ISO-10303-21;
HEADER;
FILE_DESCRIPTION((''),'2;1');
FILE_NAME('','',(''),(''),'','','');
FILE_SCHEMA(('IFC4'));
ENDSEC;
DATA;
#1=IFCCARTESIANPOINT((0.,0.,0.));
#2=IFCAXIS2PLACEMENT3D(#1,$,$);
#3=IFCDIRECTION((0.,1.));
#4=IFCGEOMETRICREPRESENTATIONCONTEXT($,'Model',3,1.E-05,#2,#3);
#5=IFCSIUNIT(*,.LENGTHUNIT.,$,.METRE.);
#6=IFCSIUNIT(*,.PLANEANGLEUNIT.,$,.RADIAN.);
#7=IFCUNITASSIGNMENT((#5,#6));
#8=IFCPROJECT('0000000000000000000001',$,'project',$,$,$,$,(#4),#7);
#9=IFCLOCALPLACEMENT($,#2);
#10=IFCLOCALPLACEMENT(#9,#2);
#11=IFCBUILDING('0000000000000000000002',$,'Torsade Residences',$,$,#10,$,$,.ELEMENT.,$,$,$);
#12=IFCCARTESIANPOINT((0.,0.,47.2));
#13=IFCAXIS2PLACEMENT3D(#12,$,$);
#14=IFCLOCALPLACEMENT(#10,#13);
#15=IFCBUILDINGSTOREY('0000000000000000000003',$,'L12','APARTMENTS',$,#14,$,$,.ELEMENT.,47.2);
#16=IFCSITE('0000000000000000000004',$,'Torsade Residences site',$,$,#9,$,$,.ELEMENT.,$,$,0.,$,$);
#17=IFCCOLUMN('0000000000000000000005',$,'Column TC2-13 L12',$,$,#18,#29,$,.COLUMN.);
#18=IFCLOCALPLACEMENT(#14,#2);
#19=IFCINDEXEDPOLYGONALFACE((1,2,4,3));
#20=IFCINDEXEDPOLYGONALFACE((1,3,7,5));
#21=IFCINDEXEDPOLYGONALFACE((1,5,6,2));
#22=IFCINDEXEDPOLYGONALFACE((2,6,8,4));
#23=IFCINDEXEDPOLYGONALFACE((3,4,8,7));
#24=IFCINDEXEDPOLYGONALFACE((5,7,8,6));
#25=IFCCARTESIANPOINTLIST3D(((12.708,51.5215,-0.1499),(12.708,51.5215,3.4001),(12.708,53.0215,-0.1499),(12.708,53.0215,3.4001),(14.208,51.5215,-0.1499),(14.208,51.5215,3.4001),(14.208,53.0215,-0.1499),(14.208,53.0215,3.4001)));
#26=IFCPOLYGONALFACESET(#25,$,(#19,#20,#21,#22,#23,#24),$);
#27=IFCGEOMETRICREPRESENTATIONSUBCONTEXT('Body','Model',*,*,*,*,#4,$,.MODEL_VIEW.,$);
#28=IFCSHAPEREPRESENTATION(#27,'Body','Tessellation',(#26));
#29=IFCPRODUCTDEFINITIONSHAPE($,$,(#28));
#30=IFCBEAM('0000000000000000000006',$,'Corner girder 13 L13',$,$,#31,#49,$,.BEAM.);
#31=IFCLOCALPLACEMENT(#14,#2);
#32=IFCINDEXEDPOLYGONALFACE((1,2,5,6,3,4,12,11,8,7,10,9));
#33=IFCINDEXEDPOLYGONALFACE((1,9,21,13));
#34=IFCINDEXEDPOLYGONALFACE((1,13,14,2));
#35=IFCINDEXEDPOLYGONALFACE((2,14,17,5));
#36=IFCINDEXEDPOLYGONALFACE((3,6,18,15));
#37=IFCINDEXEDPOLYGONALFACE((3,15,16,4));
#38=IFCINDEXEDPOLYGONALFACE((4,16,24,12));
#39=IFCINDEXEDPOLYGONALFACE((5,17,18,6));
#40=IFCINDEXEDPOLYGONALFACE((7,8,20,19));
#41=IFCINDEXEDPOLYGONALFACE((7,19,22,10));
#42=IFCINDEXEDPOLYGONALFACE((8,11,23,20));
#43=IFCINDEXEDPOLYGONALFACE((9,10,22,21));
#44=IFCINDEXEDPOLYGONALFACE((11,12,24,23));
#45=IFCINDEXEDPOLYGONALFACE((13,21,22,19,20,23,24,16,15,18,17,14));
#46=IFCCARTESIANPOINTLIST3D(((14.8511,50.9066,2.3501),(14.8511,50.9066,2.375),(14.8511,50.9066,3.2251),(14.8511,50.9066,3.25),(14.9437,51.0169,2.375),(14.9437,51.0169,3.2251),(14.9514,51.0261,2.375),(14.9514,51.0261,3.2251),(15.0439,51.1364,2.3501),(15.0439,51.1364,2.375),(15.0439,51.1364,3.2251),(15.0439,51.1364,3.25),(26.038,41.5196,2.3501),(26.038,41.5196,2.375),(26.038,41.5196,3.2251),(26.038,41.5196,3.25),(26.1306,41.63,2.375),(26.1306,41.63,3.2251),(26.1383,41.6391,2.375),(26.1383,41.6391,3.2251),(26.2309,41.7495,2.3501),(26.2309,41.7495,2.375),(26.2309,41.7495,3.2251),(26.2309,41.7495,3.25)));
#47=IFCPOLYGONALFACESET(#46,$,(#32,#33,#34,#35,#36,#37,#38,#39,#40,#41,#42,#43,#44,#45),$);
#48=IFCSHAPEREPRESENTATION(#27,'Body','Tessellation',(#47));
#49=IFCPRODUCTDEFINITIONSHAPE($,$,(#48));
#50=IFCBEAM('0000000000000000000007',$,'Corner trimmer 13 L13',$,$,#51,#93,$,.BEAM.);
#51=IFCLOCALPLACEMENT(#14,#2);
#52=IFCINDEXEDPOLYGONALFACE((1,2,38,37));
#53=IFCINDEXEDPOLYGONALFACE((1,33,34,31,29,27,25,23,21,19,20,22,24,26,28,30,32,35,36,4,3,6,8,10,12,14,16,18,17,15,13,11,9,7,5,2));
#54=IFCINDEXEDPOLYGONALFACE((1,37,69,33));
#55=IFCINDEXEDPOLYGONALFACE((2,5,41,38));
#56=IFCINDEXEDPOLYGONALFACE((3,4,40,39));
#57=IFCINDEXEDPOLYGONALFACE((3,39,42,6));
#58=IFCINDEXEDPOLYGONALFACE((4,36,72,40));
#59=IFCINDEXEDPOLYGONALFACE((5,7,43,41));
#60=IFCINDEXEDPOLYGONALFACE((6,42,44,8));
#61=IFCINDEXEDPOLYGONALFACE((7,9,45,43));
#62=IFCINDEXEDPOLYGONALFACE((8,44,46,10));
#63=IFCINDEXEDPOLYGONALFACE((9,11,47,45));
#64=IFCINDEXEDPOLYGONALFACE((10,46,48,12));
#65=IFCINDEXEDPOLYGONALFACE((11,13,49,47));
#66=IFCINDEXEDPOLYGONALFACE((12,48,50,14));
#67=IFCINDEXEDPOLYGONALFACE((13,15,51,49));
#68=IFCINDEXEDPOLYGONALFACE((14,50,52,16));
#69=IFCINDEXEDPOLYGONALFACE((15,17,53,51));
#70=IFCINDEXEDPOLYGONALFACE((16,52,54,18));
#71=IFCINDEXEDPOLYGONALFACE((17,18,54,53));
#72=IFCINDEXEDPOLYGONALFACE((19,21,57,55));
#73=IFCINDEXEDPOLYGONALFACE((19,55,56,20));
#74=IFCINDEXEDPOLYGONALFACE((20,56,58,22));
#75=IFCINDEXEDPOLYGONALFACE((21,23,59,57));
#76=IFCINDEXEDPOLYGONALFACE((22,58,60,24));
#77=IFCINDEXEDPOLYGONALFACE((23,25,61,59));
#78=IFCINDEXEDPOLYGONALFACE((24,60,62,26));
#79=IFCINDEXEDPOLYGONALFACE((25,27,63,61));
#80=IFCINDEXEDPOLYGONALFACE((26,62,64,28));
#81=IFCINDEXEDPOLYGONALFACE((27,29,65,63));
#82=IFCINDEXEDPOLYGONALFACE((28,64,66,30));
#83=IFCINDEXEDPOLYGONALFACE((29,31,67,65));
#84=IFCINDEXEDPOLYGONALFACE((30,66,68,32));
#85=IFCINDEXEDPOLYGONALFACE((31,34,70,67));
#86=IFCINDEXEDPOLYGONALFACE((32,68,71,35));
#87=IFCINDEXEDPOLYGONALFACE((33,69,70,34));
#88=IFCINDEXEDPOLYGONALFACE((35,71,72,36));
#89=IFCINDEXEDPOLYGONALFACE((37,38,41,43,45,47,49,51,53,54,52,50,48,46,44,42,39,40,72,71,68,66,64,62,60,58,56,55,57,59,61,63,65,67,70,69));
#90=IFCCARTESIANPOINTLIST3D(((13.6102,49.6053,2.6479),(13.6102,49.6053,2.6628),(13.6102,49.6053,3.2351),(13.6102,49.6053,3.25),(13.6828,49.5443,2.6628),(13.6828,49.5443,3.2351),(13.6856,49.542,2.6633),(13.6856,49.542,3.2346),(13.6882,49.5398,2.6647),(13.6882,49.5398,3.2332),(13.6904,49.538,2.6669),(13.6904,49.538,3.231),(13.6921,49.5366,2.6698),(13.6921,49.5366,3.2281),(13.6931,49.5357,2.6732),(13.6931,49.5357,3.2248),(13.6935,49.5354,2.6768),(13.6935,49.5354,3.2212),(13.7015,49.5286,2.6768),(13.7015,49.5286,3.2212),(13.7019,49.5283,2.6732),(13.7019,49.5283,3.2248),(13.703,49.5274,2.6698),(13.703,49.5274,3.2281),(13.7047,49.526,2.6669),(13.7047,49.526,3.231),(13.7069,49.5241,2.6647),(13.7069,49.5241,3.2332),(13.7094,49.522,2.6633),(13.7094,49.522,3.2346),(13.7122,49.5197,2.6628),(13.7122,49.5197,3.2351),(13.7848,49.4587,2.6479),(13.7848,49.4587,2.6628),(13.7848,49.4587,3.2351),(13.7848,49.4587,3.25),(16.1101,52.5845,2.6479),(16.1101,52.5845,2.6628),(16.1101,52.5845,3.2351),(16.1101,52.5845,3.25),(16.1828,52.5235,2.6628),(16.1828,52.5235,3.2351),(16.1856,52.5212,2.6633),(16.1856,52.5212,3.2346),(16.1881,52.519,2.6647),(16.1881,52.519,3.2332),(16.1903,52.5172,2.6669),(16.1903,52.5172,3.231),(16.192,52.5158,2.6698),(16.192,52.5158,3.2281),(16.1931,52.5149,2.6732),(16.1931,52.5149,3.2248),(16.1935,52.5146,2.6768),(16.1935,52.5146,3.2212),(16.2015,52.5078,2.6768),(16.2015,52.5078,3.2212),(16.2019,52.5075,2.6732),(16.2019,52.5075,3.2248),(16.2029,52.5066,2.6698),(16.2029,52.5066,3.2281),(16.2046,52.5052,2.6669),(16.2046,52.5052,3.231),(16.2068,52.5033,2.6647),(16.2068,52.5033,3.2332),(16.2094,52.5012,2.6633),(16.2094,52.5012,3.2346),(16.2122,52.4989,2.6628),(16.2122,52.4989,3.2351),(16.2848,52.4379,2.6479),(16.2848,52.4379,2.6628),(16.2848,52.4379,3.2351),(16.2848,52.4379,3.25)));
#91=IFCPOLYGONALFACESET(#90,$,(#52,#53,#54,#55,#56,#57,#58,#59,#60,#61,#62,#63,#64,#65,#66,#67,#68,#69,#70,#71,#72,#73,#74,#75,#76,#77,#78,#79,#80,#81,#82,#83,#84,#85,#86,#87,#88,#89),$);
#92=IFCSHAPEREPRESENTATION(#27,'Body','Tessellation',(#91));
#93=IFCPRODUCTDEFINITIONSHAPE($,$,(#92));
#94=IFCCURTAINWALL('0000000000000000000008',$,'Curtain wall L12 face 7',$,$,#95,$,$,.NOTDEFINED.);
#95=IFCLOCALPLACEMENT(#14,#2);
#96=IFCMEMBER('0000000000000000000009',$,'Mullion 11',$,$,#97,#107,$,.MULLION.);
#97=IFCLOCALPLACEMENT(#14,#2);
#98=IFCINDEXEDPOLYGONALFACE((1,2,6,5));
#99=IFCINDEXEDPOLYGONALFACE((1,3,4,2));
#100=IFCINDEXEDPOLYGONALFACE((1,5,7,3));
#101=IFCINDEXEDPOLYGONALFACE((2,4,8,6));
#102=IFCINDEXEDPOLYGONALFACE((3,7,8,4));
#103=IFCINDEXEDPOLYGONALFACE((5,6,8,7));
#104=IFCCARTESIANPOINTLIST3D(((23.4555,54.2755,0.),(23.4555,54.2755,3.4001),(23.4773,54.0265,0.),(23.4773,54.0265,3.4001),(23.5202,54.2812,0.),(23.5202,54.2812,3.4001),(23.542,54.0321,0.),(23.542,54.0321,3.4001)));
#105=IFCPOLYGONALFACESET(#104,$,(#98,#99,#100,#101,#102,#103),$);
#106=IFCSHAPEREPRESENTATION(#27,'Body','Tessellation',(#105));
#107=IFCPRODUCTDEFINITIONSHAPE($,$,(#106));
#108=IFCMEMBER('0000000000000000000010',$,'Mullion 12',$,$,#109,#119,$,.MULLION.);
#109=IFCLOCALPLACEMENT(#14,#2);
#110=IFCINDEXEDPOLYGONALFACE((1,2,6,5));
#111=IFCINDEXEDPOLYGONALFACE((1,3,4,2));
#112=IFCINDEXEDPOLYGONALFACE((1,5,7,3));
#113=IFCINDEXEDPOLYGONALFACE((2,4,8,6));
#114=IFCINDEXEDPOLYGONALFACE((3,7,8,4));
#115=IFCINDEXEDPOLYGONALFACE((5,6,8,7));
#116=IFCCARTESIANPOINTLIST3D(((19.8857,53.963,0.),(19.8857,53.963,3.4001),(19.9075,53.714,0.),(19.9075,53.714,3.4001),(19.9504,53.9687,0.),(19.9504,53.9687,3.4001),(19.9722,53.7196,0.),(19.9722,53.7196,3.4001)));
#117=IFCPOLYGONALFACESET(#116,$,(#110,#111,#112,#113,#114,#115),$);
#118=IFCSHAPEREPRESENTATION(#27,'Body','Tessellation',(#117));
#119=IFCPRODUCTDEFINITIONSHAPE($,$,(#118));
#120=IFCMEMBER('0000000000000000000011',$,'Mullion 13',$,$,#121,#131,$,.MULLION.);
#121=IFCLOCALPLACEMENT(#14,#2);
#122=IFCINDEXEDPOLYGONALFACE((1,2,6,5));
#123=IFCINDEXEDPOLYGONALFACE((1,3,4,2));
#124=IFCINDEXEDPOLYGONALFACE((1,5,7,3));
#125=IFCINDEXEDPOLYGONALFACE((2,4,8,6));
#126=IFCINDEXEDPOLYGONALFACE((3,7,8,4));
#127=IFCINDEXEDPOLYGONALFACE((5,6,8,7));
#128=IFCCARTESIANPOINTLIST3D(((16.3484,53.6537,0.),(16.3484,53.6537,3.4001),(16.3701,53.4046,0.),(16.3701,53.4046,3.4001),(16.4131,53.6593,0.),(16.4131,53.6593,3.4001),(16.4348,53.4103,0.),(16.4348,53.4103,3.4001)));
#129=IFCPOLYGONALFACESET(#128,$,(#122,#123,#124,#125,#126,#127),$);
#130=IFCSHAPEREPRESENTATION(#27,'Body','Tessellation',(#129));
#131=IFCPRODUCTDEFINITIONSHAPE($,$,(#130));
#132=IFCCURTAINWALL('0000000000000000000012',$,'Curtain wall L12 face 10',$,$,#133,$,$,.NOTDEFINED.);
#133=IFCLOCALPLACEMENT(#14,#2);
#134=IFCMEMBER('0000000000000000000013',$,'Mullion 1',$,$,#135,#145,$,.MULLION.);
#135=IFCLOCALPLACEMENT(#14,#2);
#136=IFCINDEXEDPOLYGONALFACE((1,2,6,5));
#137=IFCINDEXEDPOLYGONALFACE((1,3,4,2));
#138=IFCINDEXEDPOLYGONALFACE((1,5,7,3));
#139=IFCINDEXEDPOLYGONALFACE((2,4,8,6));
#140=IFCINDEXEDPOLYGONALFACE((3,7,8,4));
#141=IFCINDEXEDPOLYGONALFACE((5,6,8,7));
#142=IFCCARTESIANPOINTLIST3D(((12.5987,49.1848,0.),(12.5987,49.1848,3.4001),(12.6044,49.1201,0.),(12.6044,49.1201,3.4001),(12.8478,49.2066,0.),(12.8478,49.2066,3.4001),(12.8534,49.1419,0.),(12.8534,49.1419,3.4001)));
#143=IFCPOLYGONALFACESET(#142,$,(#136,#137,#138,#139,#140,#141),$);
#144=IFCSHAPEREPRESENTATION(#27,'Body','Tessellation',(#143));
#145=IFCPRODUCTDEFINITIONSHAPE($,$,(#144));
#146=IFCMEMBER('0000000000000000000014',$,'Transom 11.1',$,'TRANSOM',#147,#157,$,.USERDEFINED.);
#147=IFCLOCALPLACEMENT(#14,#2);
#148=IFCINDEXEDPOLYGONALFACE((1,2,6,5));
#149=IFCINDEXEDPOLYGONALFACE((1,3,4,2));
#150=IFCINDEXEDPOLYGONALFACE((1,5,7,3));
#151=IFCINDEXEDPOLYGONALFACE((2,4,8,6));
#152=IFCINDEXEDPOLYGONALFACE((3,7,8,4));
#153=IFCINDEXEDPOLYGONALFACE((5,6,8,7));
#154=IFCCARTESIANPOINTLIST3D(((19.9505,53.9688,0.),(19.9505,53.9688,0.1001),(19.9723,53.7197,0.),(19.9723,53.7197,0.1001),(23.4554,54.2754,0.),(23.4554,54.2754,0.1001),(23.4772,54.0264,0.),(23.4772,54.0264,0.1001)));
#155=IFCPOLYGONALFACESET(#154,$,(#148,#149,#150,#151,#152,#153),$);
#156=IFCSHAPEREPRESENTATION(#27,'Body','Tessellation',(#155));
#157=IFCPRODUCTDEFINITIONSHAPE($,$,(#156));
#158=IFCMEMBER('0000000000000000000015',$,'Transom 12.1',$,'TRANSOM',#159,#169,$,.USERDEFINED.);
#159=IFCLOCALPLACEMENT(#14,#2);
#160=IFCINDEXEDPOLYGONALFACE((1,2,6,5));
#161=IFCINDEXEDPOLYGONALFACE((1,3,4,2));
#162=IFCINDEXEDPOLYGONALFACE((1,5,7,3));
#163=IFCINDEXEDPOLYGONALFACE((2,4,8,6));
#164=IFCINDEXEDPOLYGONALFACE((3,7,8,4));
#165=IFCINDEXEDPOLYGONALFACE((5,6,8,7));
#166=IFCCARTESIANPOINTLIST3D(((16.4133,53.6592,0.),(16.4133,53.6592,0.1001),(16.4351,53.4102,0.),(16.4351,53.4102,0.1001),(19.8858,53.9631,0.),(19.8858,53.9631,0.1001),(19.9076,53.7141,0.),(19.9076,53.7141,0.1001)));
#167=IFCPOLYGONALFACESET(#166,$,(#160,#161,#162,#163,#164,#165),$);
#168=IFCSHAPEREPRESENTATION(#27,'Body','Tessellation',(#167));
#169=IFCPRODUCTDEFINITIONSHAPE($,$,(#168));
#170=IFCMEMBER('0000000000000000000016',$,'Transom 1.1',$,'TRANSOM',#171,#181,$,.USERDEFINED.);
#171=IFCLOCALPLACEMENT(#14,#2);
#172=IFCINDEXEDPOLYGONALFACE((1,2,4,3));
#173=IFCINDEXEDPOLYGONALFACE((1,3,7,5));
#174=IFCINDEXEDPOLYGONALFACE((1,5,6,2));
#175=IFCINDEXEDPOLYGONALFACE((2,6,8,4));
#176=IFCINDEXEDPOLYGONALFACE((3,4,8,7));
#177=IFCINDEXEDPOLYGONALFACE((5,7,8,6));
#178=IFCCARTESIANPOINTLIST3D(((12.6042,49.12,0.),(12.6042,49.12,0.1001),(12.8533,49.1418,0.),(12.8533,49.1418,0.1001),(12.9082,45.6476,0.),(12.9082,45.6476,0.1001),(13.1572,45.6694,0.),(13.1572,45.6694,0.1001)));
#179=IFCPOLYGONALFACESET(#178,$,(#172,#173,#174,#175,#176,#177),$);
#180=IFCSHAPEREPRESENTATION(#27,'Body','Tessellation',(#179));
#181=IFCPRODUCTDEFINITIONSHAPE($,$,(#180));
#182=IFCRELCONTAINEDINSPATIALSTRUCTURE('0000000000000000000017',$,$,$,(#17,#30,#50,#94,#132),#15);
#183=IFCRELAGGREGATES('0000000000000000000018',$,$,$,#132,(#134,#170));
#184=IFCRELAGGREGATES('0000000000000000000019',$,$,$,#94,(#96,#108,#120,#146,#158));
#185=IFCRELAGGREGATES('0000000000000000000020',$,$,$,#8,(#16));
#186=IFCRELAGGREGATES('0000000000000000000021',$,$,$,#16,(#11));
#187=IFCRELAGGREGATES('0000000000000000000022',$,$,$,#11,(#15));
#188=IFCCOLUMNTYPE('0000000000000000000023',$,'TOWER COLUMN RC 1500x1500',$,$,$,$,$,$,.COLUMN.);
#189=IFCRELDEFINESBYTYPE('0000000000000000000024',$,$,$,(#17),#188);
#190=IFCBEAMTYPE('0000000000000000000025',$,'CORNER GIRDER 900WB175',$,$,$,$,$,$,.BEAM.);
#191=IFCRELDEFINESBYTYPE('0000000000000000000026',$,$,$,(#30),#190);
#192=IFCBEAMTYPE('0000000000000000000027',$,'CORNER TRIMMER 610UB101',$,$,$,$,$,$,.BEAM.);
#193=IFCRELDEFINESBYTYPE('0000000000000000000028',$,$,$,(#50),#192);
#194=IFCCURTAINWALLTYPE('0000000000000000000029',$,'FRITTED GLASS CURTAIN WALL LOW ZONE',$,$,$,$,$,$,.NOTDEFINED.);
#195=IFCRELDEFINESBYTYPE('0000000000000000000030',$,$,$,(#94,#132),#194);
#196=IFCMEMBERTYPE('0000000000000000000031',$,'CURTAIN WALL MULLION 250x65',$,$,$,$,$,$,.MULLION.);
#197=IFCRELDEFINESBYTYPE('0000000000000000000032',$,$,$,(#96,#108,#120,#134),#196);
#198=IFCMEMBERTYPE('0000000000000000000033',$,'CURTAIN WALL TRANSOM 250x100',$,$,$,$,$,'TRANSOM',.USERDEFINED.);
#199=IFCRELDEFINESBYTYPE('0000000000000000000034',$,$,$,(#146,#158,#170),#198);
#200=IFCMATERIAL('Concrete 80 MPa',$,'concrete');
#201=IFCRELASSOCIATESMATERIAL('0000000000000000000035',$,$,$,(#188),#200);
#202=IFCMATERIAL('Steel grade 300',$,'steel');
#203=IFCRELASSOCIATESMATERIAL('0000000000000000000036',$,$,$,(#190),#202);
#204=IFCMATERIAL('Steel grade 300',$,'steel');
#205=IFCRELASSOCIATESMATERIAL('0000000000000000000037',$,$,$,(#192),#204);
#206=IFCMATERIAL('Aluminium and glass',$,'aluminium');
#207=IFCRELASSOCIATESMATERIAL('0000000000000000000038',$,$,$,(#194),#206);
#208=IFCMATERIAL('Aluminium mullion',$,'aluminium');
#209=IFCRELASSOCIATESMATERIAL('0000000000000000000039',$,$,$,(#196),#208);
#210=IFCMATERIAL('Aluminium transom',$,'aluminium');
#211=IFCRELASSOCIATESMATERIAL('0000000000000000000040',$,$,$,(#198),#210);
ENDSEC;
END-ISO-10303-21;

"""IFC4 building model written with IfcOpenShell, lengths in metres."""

from ifc_helpers import new_model, si_unit, direction, frame, origin, origin_2d, place, context, subcontext, project, spatial, rectangle, i_section, extrude, material, material_profile, profile_set, type_object, element, aggregate, save


model = new_model("IFC4")

# Units and contexts
model_context = context("Model", 3, precision=1e-05, world=origin(), true_north=direction((0.0, 1.0)))
body_context = subcontext(model_context, "Body", "Model", "MODEL_VIEW")
ifc_project = project(units=[si_unit("LENGTHUNIT", "METRE"), si_unit("PLANEANGLEUNIT", "RADIAN")], contexts=[model_context])

# Site, building, storey
site_placement = place(None, origin())
site = spatial("IfcSite", under=ifc_project, at=site_placement, Name="Torsade Residences site", CompositionType="ELEMENT", RefElevation=0.0)
building_placement = place(site_placement, origin())
building = spatial("IfcBuilding", under=site, at=building_placement, Name="Torsade Residences", CompositionType="ELEMENT")
storey_placement = place(building_placement, frame((0.0, 0.0, 47.2)))
storey = spatial("IfcBuildingStorey", under=building, at=storey_placement, Name="L12", Description="APARTMENTS", CompositionType="ELEMENT", Elevation=47.2)

# Column
ifc_material_1 = material(Name="Concrete 80 MPa", Category="concrete")
ifc_material_profile_1 = material_profile(ifc_material_1, rectangle(XDim=1.5, YDim=1.5, at=origin_2d()), Name="RC 1500x1500")
ifc_profile_set_1 = profile_set([ifc_material_profile_1], Name="Concrete 80 MPa")
column_type = type_object("IfcColumnType", Name="TOWER COLUMN RC 1500x1500", PredefinedType="COLUMN", material=ifc_profile_set_1)
column_placement = place(storey_placement, frame((13.458, 52.2715, -0.1499), z_axis=(0.0, 0.0, 1.0), x_axis=(1.0, 0.0, 0.0)))
element("IfcColumn", 1, at=column_placement, inside=storey, type_object=column_type, Name="Column TC2-13 L12", PredefinedType="COLUMN", context=body_context, shape_type="SweptSolid", body=[
    extrude(rectangle(XDim=1.5, YDim=1.5, at=origin_2d()), origin(), (0.0, 0.0, 1.0), 3.55),
])

# Beams
ifc_material_2 = material(Name="Steel grade 300", Category="steel")
ifc_material_profile_2 = material_profile(ifc_material_2, i_section(OverallWidth=0.3, OverallDepth=0.8999, WebThickness=0.012, FlangeThickness=0.0249, at=origin_2d()), Name="900WB175")
ifc_profile_set_2 = profile_set([ifc_material_profile_2], Name="Steel grade 300")
beam_type_1 = type_object("IfcBeamType", Name="CORNER GIRDER 900WB175", PredefinedType="BEAM", material=ifc_profile_set_2)
beam_1_placement = place(storey_placement, frame((14.9475, 51.0215, 2.8), z_axis=(0.766046, -0.642785, 0.0), x_axis=(0.642785, 0.766046, 0.0)))
element("IfcBeam", 2, at=beam_1_placement, inside=storey, type_object=beam_type_1, Name="Corner girder 13 L13", PredefinedType="BEAM", context=body_context, shape_type="SweptSolid", body=[
    extrude(i_section(OverallWidth=0.3, OverallDepth=0.8999, WebThickness=0.012, FlangeThickness=0.0249, at=origin_2d()), origin(), (0.0, 0.0, 1.0), 14.6035),
])
ifc_material_3 = material(Name="Steel grade 300", Category="steel")
ifc_material_profile_3 = material_profile(ifc_material_3, i_section(OverallWidth=0.228, OverallDepth=0.6021, WebThickness=0.0105, FlangeThickness=0.0149, FilletRadius=0.0139, at=origin_2d()), Name="610UB101")
ifc_profile_set_3 = profile_set([ifc_material_profile_3], Name="Steel grade 300")
beam_type_2 = type_object("IfcBeamType", Name="CORNER TRIMMER 610UB101", PredefinedType="BEAM", material=ifc_profile_set_3)
beam_2_placement = place(storey_placement, frame((13.6975, 49.532, 2.949), z_axis=(0.642805, 0.76603, 0.0), x_axis=(-0.76603, 0.642805, 0.0)))
element("IfcBeam", 3, at=beam_2_placement, inside=storey, type_object=beam_type_2, Name="Corner trimmer 13 L13", PredefinedType="BEAM", context=body_context, shape_type="SweptSolid", body=[
    extrude(i_section(OverallWidth=0.228, OverallDepth=0.6021, WebThickness=0.0105, FlangeThickness=0.0149, FilletRadius=0.0139, at=origin_2d()), origin(), (0.0, 0.0, 1.0), 3.8892),
])

# Curtain wall, members
ifc_material_4 = material(Name="Aluminium and glass", Category="aluminium")
curtain_wall_type = type_object("IfcCurtainWallType", Name="FRITTED GLASS CURTAIN WALL LOW ZONE", PredefinedType="NOTDEFINED", material=ifc_material_4)
curtain_wall_1_placement = place(storey_placement, origin())
curtain_wall_1 = element("IfcCurtainWall", 4, at=curtain_wall_1_placement, inside=storey, type_object=curtain_wall_type, Name="Curtain wall L12 face 7", PredefinedType="NOTDEFINED")
ifc_material_5 = material(Name="Aluminium mullion", Category="aluminium")
ifc_material_profile_4 = material_profile(ifc_material_5, rectangle(XDim=0.25, YDim=0.0649, at=origin_2d()), Name="CURTAIN WALL MULLION 250x65")
ifc_profile_set_4 = profile_set([ifc_material_profile_4], Name="Aluminium mullion")
member_type_1 = type_object("IfcMemberType", Name="CURTAIN WALL MULLION 250x65", PredefinedType="MULLION", material=ifc_profile_set_4)
member_1_placement = place(storey_placement, frame((23.4988, 54.1538, 0.0), z_axis=(0.0, 0.0, 1.0), x_axis=(0.087156, -0.996195, 0.0)))
member_1 = element("IfcMember", 5, at=member_1_placement, type_object=member_type_1, Name="Mullion 11", PredefinedType="MULLION", context=body_context, shape_type="SweptSolid", body=[
    extrude(rectangle(XDim=0.25, YDim=0.0649, at=origin_2d()), origin(), (0.0, 0.0, 1.0), 3.4001),
])
member_2_placement = place(storey_placement, frame((19.929, 53.8413, 0.0), z_axis=(0.0, 0.0, 1.0), x_axis=(0.087156, -0.996195, 0.0)))
member_2 = element("IfcMember", 6, at=member_2_placement, type_object=member_type_1, Name="Mullion 12", PredefinedType="MULLION", context=body_context, shape_type="SweptSolid", body=[
    extrude(rectangle(XDim=0.25, YDim=0.0649, at=origin_2d()), origin(), (0.0, 0.0, 1.0), 3.4001),
])
member_3_placement = place(storey_placement, frame((16.3916, 53.532, 0.0), z_axis=(0.0, 0.0, 1.0), x_axis=(0.087156, -0.996195, 0.0)))
member_3 = element("IfcMember", 7, at=member_3_placement, type_object=member_type_1, Name="Mullion 13", PredefinedType="MULLION", context=body_context, shape_type="SweptSolid", body=[
    extrude(rectangle(XDim=0.25, YDim=0.0649, at=origin_2d()), origin(), (0.0, 0.0, 1.0), 3.4001),
])

# Curtain wall, member
curtain_wall_2_placement = place(storey_placement, origin())
curtain_wall_2 = element("IfcCurtainWall", 8, at=curtain_wall_2_placement, inside=storey, type_object=curtain_wall_type, Name="Curtain wall L12 face 10", PredefinedType="NOTDEFINED")
member_4_placement = place(storey_placement, frame((12.7261, 49.1633, 0.0), z_axis=(0.0, 0.0, 1.0), x_axis=(0.996195, 0.087156, 0.0)))
member_4 = element("IfcMember", 9, at=member_4_placement, type_object=member_type_1, Name="Mullion 1", PredefinedType="MULLION", context=body_context, shape_type="SweptSolid", body=[
    extrude(rectangle(XDim=0.25, YDim=0.0649, at=origin_2d()), origin(), (0.0, 0.0, 1.0), 3.4001),
])

# Members
ifc_material_6 = material(Name="Aluminium transom", Category="aluminium")
ifc_material_profile_5 = material_profile(ifc_material_6, rectangle(XDim=0.25, YDim=0.1001, at=origin_2d()), Name="CURTAIN WALL TRANSOM 250x100")
ifc_profile_set_5 = profile_set([ifc_material_profile_5], Name="Aluminium transom")
member_type_2 = type_object("IfcMemberType", Name="CURTAIN WALL TRANSOM 250x100", ElementType="TRANSOM", PredefinedType="USERDEFINED", material=ifc_profile_set_5)
member_5_placement = place(storey_placement, frame((23.4663, 54.1509, 0.05), z_axis=(-0.996195, -0.087157, 0.0), x_axis=(0.087157, -0.996195, 0.0)))
member_5 = element("IfcMember", 10, at=member_5_placement, type_object=member_type_2, Name="Transom 11.1", ObjectType="TRANSOM", PredefinedType="USERDEFINED", context=body_context, shape_type="SweptSolid", body=[
    extrude(rectangle(XDim=0.25, YDim=0.1001, at=origin_2d()), origin(), (0.0, 0.0, 1.0), 3.5183),
])
member_6_placement = place(storey_placement, frame((19.8967, 53.8386, 0.05), z_axis=(-0.996191, -0.087195, 0.0), x_axis=(0.087195, -0.996191, 0.0)))
member_6 = element("IfcMember", 11, at=member_6_placement, type_object=member_type_2, Name="Transom 12.1", ObjectType="TRANSOM", PredefinedType="USERDEFINED", context=body_context, shape_type="SweptSolid", body=[
    extrude(rectangle(XDim=0.25, YDim=0.1001, at=origin_2d()), origin(), (0.0, 0.0, 1.0), 3.4858),
])
member_7_placement = place(storey_placement, frame((12.7288, 49.1309, 0.05), z_axis=(0.087201, -0.996191, 0.0), x_axis=(0.996191, 0.087201, 0.0)))
member_7 = element("IfcMember", 12, at=member_7_placement, type_object=member_type_2, Name="Transom 1.1", ObjectType="TRANSOM", PredefinedType="USERDEFINED", context=body_context, shape_type="SweptSolid", body=[
    extrude(rectangle(XDim=0.25, YDim=0.1001, at=origin_2d()), origin(), (0.0, 0.0, 1.0), 3.4856),
])

aggregate(curtain_wall_2, [member_4, member_7])
aggregate(curtain_wall_1, [member_1, member_2, member_3, member_5, member_6])

save(model, "model.ifc")
